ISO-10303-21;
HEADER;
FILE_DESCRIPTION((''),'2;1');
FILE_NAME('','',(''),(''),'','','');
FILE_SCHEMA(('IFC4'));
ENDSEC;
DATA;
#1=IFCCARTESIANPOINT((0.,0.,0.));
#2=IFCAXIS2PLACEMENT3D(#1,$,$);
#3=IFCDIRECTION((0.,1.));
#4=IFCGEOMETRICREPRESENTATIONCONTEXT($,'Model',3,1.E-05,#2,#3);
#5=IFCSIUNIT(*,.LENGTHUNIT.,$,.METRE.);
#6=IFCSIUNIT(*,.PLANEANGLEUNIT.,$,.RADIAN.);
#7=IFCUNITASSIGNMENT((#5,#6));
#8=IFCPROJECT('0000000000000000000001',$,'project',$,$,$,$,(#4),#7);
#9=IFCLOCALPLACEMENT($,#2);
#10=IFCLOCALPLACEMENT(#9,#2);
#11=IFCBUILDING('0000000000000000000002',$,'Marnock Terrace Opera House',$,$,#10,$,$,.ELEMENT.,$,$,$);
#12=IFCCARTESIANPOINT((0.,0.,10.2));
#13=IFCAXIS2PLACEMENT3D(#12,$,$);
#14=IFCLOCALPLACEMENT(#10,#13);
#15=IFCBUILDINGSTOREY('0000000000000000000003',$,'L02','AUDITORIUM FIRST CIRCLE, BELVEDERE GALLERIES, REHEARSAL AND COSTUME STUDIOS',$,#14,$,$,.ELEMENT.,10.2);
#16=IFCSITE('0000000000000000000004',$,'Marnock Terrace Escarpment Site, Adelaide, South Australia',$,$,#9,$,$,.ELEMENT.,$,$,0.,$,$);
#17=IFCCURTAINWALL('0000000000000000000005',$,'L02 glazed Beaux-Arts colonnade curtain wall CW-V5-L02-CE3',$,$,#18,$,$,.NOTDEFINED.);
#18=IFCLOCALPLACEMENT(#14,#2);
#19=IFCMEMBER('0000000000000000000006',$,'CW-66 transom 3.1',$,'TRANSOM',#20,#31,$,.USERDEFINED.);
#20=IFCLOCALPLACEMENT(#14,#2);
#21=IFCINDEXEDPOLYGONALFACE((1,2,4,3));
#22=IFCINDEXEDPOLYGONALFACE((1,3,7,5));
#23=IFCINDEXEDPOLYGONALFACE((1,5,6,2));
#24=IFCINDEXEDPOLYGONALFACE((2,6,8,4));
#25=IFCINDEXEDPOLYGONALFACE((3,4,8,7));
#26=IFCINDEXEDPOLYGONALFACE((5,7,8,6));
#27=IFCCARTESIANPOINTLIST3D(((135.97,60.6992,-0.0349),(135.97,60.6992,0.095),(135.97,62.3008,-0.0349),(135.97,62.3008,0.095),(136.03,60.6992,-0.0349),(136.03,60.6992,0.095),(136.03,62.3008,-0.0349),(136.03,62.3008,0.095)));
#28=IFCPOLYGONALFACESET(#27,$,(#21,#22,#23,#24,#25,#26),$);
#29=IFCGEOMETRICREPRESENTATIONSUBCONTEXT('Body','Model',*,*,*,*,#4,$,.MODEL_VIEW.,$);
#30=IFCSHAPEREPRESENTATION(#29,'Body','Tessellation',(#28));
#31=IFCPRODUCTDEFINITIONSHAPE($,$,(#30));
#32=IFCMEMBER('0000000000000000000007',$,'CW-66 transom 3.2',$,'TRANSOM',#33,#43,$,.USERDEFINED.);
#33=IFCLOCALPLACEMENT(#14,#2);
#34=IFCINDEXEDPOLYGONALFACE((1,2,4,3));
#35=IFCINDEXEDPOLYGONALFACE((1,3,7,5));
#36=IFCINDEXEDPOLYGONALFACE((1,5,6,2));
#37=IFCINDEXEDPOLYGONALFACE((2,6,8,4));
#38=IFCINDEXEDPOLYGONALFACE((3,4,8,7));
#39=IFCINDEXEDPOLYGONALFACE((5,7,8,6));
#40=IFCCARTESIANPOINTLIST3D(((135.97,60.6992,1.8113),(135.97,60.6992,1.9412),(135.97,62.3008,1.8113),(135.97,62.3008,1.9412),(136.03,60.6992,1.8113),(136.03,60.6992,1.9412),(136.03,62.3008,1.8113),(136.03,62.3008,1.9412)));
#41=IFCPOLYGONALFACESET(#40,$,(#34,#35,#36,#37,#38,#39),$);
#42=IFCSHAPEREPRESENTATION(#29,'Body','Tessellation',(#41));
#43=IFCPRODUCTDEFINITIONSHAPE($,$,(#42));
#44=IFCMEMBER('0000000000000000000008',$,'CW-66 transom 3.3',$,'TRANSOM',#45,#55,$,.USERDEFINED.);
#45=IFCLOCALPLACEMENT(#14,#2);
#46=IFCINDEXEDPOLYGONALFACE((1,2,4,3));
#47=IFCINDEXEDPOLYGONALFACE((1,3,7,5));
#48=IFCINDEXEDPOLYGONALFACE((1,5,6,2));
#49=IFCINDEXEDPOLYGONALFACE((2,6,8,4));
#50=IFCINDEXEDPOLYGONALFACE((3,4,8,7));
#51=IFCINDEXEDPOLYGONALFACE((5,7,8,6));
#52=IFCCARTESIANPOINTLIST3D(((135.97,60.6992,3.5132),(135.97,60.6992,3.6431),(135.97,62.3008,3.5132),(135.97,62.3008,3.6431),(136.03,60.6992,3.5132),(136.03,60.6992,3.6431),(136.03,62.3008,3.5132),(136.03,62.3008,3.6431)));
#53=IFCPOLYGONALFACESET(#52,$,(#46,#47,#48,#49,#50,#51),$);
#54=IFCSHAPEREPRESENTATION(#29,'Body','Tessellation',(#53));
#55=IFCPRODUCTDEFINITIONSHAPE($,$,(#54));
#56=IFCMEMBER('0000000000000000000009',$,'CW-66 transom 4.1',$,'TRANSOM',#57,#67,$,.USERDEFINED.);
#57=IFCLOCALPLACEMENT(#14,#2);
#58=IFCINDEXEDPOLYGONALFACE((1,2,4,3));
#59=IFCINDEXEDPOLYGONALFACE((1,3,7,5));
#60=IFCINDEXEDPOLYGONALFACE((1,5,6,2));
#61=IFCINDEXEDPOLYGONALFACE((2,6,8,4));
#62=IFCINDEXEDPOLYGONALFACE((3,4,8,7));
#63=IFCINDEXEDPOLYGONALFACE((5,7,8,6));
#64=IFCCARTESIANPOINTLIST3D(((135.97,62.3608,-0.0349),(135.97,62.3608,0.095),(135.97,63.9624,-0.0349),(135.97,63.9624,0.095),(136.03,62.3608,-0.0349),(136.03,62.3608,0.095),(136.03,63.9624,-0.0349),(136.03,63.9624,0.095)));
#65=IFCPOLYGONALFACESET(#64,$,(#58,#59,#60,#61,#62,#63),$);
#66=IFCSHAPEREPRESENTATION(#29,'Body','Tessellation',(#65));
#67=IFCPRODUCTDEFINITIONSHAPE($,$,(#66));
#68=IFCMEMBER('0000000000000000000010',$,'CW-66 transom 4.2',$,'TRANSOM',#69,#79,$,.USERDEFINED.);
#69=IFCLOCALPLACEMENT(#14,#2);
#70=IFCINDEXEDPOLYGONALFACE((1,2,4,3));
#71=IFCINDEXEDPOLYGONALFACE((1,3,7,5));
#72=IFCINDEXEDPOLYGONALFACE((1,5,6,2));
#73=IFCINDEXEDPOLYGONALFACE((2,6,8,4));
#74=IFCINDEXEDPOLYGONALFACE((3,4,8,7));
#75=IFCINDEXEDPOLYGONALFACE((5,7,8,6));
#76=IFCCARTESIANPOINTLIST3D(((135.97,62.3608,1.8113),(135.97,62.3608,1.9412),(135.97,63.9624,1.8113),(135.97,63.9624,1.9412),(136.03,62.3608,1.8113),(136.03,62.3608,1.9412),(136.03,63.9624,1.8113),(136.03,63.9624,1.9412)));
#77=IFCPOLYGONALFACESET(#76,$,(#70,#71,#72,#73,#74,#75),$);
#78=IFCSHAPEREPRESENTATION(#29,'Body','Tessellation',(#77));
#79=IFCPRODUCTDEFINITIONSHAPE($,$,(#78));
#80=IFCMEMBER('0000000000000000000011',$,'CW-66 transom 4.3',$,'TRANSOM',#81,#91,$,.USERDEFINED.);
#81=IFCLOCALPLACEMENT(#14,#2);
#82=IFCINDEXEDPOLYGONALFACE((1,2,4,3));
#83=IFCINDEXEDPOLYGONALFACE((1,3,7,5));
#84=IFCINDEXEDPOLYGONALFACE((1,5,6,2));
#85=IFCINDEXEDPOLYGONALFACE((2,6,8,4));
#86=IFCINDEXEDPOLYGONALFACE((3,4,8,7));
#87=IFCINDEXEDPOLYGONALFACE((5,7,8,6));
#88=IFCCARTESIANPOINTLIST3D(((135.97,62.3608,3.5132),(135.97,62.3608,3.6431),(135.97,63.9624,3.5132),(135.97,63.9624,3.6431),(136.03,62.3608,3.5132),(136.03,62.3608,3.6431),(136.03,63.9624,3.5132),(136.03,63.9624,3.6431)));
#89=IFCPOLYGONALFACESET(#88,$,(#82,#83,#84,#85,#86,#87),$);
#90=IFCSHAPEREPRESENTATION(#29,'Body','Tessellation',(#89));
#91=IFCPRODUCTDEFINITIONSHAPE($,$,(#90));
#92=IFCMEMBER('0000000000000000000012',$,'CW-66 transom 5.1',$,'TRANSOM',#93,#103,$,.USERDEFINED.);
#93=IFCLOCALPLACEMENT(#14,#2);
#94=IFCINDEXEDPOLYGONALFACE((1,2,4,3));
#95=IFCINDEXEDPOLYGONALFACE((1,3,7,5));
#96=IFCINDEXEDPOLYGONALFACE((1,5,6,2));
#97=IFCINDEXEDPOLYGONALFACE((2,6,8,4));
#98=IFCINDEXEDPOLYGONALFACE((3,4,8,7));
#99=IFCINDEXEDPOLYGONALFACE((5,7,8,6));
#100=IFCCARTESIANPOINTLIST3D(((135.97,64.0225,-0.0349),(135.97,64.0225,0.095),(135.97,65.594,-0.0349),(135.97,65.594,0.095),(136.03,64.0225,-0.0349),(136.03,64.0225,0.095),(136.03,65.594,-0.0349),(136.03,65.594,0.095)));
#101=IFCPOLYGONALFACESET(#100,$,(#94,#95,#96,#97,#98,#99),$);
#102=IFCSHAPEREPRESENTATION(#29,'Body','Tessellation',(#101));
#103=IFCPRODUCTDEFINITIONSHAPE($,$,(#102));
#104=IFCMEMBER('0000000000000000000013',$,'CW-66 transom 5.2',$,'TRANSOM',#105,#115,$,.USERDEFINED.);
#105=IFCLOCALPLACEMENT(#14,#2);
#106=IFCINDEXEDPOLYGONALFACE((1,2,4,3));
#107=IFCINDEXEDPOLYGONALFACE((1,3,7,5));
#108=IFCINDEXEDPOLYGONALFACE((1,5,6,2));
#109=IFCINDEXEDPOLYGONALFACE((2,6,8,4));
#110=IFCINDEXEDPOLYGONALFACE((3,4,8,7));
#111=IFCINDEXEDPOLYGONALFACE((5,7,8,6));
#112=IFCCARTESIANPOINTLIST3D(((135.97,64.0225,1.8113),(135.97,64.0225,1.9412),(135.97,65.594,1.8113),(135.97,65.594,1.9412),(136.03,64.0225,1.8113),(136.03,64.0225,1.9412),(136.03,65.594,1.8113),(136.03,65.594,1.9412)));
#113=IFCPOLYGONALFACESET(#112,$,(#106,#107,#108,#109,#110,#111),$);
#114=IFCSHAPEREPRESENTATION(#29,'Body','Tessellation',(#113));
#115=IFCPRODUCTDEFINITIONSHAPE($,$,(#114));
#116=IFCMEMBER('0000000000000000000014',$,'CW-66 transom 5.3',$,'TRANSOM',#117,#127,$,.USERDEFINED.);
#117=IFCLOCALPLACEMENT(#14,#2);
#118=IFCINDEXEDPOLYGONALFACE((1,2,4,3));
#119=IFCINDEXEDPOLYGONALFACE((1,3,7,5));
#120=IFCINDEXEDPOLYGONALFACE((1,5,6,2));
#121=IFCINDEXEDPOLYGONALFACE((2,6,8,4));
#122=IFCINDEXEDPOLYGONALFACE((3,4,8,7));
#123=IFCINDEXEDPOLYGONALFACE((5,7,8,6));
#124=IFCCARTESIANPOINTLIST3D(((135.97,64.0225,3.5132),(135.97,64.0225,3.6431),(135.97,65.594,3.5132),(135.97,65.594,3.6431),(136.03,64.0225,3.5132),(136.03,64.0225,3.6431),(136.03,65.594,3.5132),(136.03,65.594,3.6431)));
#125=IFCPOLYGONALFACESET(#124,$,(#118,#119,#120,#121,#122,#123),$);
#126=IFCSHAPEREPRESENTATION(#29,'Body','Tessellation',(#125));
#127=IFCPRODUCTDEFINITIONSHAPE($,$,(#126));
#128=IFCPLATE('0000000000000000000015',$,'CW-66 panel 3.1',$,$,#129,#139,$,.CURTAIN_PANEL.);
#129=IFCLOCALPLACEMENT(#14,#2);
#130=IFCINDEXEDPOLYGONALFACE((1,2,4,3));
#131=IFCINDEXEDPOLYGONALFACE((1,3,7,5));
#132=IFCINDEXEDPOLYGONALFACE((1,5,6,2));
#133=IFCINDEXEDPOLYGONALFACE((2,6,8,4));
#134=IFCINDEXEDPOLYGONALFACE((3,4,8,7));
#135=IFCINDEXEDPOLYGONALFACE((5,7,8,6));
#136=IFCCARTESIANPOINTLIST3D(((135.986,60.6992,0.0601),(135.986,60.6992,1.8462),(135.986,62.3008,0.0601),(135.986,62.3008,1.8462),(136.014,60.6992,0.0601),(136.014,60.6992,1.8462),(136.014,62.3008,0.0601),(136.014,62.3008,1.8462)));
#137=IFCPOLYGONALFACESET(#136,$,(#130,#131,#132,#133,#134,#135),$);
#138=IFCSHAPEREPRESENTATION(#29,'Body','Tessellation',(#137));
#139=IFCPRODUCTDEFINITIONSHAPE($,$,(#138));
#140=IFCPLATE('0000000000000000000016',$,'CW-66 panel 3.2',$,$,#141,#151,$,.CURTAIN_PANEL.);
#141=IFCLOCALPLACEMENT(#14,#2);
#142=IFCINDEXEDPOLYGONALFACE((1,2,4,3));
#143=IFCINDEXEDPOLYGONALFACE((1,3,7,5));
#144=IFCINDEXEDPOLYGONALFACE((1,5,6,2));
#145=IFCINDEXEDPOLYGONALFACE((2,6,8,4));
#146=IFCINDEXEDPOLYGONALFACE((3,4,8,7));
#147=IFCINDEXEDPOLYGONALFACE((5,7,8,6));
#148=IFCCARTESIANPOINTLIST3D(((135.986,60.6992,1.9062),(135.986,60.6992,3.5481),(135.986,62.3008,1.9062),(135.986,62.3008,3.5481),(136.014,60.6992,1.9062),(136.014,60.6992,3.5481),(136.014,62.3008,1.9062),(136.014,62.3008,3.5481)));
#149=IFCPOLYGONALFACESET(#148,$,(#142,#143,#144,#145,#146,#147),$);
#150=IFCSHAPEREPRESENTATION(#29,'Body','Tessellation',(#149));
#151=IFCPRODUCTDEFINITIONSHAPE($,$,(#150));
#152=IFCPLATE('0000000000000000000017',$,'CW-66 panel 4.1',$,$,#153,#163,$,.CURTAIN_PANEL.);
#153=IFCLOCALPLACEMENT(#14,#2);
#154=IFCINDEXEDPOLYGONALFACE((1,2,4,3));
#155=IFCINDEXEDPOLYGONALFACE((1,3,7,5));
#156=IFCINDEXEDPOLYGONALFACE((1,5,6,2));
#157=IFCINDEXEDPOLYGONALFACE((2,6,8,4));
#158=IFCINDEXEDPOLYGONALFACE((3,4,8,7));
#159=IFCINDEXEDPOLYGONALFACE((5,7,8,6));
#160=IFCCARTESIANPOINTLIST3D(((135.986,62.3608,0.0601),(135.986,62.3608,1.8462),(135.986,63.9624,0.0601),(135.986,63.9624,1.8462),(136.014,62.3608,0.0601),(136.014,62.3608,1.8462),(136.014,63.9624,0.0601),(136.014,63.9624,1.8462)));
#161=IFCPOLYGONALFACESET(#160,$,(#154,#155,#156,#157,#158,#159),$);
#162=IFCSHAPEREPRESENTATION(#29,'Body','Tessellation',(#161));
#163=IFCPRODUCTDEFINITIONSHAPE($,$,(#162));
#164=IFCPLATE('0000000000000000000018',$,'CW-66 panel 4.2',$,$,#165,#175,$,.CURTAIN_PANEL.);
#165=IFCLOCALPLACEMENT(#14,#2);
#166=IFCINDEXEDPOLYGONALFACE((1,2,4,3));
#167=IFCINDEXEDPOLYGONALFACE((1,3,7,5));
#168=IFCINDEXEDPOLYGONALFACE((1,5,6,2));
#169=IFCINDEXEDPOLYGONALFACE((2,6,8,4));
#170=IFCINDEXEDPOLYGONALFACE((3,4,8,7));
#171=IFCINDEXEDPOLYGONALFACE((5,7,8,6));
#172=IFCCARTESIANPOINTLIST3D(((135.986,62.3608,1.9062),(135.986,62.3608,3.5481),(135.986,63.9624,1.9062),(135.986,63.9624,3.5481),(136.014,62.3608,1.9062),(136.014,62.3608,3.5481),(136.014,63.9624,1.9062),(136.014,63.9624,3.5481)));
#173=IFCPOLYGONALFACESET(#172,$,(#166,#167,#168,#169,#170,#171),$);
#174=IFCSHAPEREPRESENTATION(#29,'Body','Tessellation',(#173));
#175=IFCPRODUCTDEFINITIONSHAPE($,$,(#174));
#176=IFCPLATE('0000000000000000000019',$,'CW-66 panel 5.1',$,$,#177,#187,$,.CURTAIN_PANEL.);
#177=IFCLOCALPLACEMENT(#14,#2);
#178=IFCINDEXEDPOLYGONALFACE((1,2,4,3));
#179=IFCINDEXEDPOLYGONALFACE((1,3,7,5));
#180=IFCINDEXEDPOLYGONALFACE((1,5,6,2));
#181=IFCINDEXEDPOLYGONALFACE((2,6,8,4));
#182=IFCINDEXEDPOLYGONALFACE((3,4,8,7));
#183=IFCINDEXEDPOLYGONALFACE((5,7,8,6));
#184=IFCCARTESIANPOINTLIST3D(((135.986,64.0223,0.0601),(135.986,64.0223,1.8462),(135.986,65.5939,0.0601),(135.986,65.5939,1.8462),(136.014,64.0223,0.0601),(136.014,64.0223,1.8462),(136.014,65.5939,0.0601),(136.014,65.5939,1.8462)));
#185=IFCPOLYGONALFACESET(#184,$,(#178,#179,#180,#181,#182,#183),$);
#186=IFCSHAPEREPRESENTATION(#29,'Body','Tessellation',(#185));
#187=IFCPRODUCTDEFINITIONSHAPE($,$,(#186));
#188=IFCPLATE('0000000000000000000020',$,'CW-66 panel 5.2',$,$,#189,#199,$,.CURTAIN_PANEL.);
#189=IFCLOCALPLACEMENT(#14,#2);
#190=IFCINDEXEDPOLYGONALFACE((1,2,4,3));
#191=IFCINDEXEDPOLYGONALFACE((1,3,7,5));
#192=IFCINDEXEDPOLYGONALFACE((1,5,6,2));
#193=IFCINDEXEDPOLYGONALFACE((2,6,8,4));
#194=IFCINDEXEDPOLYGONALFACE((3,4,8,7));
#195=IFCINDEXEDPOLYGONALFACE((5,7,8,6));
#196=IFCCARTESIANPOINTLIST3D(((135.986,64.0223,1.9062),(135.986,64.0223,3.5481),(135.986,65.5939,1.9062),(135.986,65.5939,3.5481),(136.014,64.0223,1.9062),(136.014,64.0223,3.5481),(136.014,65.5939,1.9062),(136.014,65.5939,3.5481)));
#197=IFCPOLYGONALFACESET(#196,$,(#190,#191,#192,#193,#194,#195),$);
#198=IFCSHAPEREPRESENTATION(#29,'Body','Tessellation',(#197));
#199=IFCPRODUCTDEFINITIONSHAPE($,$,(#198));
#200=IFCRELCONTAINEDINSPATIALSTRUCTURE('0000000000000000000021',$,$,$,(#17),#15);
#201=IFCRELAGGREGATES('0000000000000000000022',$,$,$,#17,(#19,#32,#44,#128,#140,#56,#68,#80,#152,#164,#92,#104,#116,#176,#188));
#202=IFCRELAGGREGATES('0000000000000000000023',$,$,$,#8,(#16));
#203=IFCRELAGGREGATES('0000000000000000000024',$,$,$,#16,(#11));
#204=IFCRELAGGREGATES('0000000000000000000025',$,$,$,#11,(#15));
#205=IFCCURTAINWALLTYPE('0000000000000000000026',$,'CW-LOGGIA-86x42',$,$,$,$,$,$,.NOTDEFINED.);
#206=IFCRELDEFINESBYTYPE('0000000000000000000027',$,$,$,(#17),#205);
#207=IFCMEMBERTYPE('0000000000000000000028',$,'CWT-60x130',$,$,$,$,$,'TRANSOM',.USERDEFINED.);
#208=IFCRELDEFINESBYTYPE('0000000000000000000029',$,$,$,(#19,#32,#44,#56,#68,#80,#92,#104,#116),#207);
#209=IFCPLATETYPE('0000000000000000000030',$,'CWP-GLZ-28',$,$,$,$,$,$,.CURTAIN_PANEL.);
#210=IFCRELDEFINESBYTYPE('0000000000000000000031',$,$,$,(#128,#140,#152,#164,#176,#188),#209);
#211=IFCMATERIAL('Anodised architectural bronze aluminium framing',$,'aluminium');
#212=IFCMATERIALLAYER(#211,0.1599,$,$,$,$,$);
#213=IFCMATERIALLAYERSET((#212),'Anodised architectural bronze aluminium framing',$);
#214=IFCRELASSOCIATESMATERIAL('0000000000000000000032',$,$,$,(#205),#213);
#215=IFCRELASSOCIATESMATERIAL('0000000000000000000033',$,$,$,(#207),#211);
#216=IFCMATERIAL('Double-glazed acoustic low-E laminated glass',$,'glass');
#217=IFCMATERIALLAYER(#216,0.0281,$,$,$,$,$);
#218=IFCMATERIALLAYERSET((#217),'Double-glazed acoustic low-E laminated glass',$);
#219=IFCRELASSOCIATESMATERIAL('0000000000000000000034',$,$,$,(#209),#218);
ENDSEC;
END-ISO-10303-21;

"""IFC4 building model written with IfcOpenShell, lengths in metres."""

from ifc_helpers import new_model, si_unit, direction, frame, origin, origin_2d, place, context, subcontext, project, spatial, rectangle, extrude, material, layer, layer_set, material_profile, profile_set, type_object, element, aggregate, save


model = new_model("IFC4")

# Units and contexts
model_context = context("Model", 3, precision=1e-05, world=origin(), true_north=direction((0.0, 1.0)))
body_context = subcontext(model_context, "Body", "Model", "MODEL_VIEW")
ifc_project = project(units=[si_unit("LENGTHUNIT", "METRE"), si_unit("PLANEANGLEUNIT", "RADIAN")], contexts=[model_context])

# Site, building, storey
site_placement = place(None, origin())
site = spatial("IfcSite", under=ifc_project, at=site_placement, Name="Marnock Terrace Escarpment Site, Adelaide, South Australia", CompositionType="ELEMENT", RefElevation=0.0)
building_placement = place(site_placement, origin())
building = spatial("IfcBuilding", under=site, at=building_placement, Name="Marnock Terrace Opera House", CompositionType="ELEMENT")
storey_placement = place(building_placement, frame((0.0, 0.0, 10.2)))
storey = spatial("IfcBuildingStorey", under=building, at=storey_placement, Name="L02", Description="AUDITORIUM FIRST CIRCLE, BELVEDERE GALLERIES, REHEARSAL AND COSTUME STUDIOS", CompositionType="ELEMENT", Elevation=10.2)

# Curtain wall, members, plates
ifc_material_1 = material(Name="Anodised architectural bronze aluminium framing", Category="aluminium")
ifc_layer_1 = layer(ifc_material_1, 0.1599)
ifc_layer_set_1 = layer_set([ifc_layer_1], Name="Anodised architectural bronze aluminium framing")
curtain_wall_type = type_object("IfcCurtainWallType", Name="CW-LOGGIA-86x42", PredefinedType="NOTDEFINED", material=ifc_layer_set_1)
curtain_wall_placement = place(storey_placement, origin())
curtain_wall = element("IfcCurtainWall", 1, at=curtain_wall_placement, inside=storey, type_object=curtain_wall_type, Name="L02 glazed Beaux-Arts colonnade curtain wall CW-V5-L02-CE3", PredefinedType="NOTDEFINED")
ifc_material_profile_1 = material_profile(ifc_material_1, rectangle(XDim=0.0601, YDim=0.1299, at=origin_2d()))
ifc_profile_set_1 = profile_set([ifc_material_profile_1], Name="Anodised architectural bronze aluminium framing")
member_type_1 = type_object("IfcMemberType", Name="CWT-60x130", ElementType="TRANSOM", PredefinedType="USERDEFINED", material=ifc_profile_set_1)
member_1_placement = place(storey_placement, frame((136.0, 60.6992, 0.03), z_axis=(0.0, 1.0, 0.0), x_axis=(-1.0, 0.0, 0.0)))
member_1 = element("IfcMember", 2, at=member_1_placement, type_object=member_type_1, Name="CW-66 transom 3.1", ObjectType="TRANSOM", PredefinedType="USERDEFINED", context=body_context, shape_type="SweptSolid", body=[
    extrude(rectangle(XDim=0.0601, YDim=0.1299, at=origin_2d()), origin(), (0.0, 0.0, 1.0), 1.6016),
])
member_2_placement = place(storey_placement, frame((136.0, 60.6992, 1.8762), z_axis=(0.0, 1.0, 0.0), x_axis=(-1.0, 0.0, 0.0)))
member_2 = element("IfcMember", 3, at=member_2_placement, type_object=member_type_1, Name="CW-66 transom 3.2", ObjectType="TRANSOM", PredefinedType="USERDEFINED", context=body_context, shape_type="SweptSolid", body=[
    extrude(rectangle(XDim=0.0601, YDim=0.1299, at=origin_2d()), origin(), (0.0, 0.0, 1.0), 1.6016),
])
member_3_placement = place(storey_placement, frame((136.0, 60.6992, 3.5781), z_axis=(0.0, 1.0, 0.0), x_axis=(-1.0, 0.0, 0.0)))
member_3 = element("IfcMember", 4, at=member_3_placement, type_object=member_type_1, Name="CW-66 transom 3.3", ObjectType="TRANSOM", PredefinedType="USERDEFINED", context=body_context, shape_type="SweptSolid", body=[
    extrude(rectangle(XDim=0.0601, YDim=0.1299, at=origin_2d()), origin(), (0.0, 0.0, 1.0), 1.6016),
])
member_4_placement = place(storey_placement, frame((136.0, 62.3608, 0.03), z_axis=(0.0, 1.0, 0.0), x_axis=(-1.0, 0.0, 0.0)))
member_4 = element("IfcMember", 5, at=member_4_placement, type_object=member_type_1, Name="CW-66 transom 4.1", ObjectType="TRANSOM", PredefinedType="USERDEFINED", context=body_context, shape_type="SweptSolid", body=[
    extrude(rectangle(XDim=0.0601, YDim=0.1299, at=origin_2d()), origin(), (0.0, 0.0, 1.0), 1.6016),
])
member_5_placement = place(storey_placement, frame((136.0, 62.3608, 1.8762), z_axis=(0.0, 1.0, 0.0), x_axis=(-1.0, 0.0, 0.0)))
member_5 = element("IfcMember", 6, at=member_5_placement, type_object=member_type_1, Name="CW-66 transom 4.2", ObjectType="TRANSOM", PredefinedType="USERDEFINED", context=body_context, shape_type="SweptSolid", body=[
    extrude(rectangle(XDim=0.0601, YDim=0.1299, at=origin_2d()), origin(), (0.0, 0.0, 1.0), 1.6016),
])
member_6_placement = place(storey_placement, frame((136.0, 62.3608, 3.5781), z_axis=(0.0, 1.0, 0.0), x_axis=(-1.0, 0.0, 0.0)))
member_6 = element("IfcMember", 7, at=member_6_placement, type_object=member_type_1, Name="CW-66 transom 4.3", ObjectType="TRANSOM", PredefinedType="USERDEFINED", context=body_context, shape_type="SweptSolid", body=[
    extrude(rectangle(XDim=0.0601, YDim=0.1299, at=origin_2d()), origin(), (0.0, 0.0, 1.0), 1.6016),
])
member_7_placement = place(storey_placement, frame((136.0, 64.0225, 0.03), z_axis=(0.0, 1.0, 0.0), x_axis=(-1.0, 0.0, 0.0)))
member_7 = element("IfcMember", 8, at=member_7_placement, type_object=member_type_1, Name="CW-66 transom 5.1", ObjectType="TRANSOM", PredefinedType="USERDEFINED", context=body_context, shape_type="SweptSolid", body=[
    extrude(rectangle(XDim=0.0601, YDim=0.1299, at=origin_2d()), origin(), (0.0, 0.0, 1.0), 1.5715),
])
member_8_placement = place(storey_placement, frame((136.0, 64.0225, 1.8762), z_axis=(0.0, 1.0, 0.0), x_axis=(-1.0, 0.0, 0.0)))
member_8 = element("IfcMember", 9, at=member_8_placement, type_object=member_type_1, Name="CW-66 transom 5.2", ObjectType="TRANSOM", PredefinedType="USERDEFINED", context=body_context, shape_type="SweptSolid", body=[
    extrude(rectangle(XDim=0.0601, YDim=0.1299, at=origin_2d()), origin(), (0.0, 0.0, 1.0), 1.5715),
])
member_9_placement = place(storey_placement, frame((136.0, 64.0225, 3.5781), z_axis=(0.0, 1.0, 0.0), x_axis=(-1.0, 0.0, 0.0)))
member_9 = element("IfcMember", 10, at=member_9_placement, type_object=member_type_1, Name="CW-66 transom 5.3", ObjectType="TRANSOM", PredefinedType="USERDEFINED", context=body_context, shape_type="SweptSolid", body=[
    extrude(rectangle(XDim=0.0601, YDim=0.1299, at=origin_2d()), origin(), (0.0, 0.0, 1.0), 1.5715),
])
ifc_material_2 = material(Name="Double-glazed acoustic low-E laminated glass", Category="glass")
ifc_layer_2 = layer(ifc_material_2, 0.0281)
ifc_layer_set_2 = layer_set([ifc_layer_2], Name="Double-glazed acoustic low-E laminated glass")
plate_type = type_object("IfcPlateType", Name="CWP-GLZ-28", PredefinedType="CURTAIN_PANEL", material=ifc_layer_set_2)
plate_1_placement = place(storey_placement, frame((136.0, 61.5, 0.0601), z_axis=(0.0, 0.0, 1.0), x_axis=(0.0, 1.0, 0.0)))
plate_1 = element("IfcPlate", 11, at=plate_1_placement, type_object=plate_type, Name="CW-66 panel 3.1", PredefinedType="CURTAIN_PANEL", context=body_context, shape_type="SweptSolid", body=[
    extrude(rectangle(XDim=1.6016, YDim=0.0281, at=origin_2d()), origin(), (0.0, 0.0, 1.0), 1.7861),
])
plate_2_placement = place(storey_placement, frame((136.0, 61.5, 1.9062), z_axis=(0.0, 0.0, 1.0), x_axis=(0.0, 1.0, 0.0)))
plate_2 = element("IfcPlate", 12, at=plate_2_placement, type_object=plate_type, Name="CW-66 panel 3.2", PredefinedType="CURTAIN_PANEL", context=body_context, shape_type="SweptSolid", body=[
    extrude(rectangle(XDim=1.6016, YDim=0.0281, at=origin_2d()), origin(), (0.0, 0.0, 1.0), 1.6418),
])
plate_3_placement = place(storey_placement, frame((136.0, 63.1616, 0.0601), z_axis=(0.0, 0.0, 1.0), x_axis=(0.0, 1.0, 0.0)))
plate_3 = element("IfcPlate", 13, at=plate_3_placement, type_object=plate_type, Name="CW-66 panel 4.1", PredefinedType="CURTAIN_PANEL", context=body_context, shape_type="SweptSolid", body=[
    extrude(rectangle(XDim=1.6016, YDim=0.0281, at=origin_2d()), origin(), (0.0, 0.0, 1.0), 1.7861),
])
plate_4_placement = place(storey_placement, frame((136.0, 63.1616, 1.9062), z_axis=(0.0, 0.0, 1.0), x_axis=(0.0, 1.0, 0.0)))
plate_4 = element("IfcPlate", 14, at=plate_4_placement, type_object=plate_type, Name="CW-66 panel 4.2", PredefinedType="CURTAIN_PANEL", context=body_context, shape_type="SweptSolid", body=[
    extrude(rectangle(XDim=1.6016, YDim=0.0281, at=origin_2d()), origin(), (0.0, 0.0, 1.0), 1.6418),
])
plate_5_placement = place(storey_placement, frame((136.0, 64.8081, 0.0601), z_axis=(0.0, 0.0, 1.0), x_axis=(0.0, 1.0, 0.0)))
plate_5 = element("IfcPlate", 15, at=plate_5_placement, type_object=plate_type, Name="CW-66 panel 5.1", PredefinedType="CURTAIN_PANEL", context=body_context, shape_type="SweptSolid", body=[
    extrude(rectangle(XDim=1.5715, YDim=0.0281, at=origin_2d()), origin(), (0.0, 0.0, 1.0), 1.7861),
])
plate_6_placement = place(storey_placement, frame((136.0, 64.8081, 1.9062), z_axis=(0.0, 0.0, 1.0), x_axis=(0.0, 1.0, 0.0)))
plate_6 = element("IfcPlate", 16, at=plate_6_placement, type_object=plate_type, Name="CW-66 panel 5.2", PredefinedType="CURTAIN_PANEL", context=body_context, shape_type="SweptSolid", body=[
    extrude(rectangle(XDim=1.5715, YDim=0.0281, at=origin_2d()), origin(), (0.0, 0.0, 1.0), 1.6418),
])
aggregate(curtain_wall, [member_1, member_2, member_3, plate_1, plate_2, member_4, member_5, member_6, plate_3, plate_4, member_7, member_8, member_9, plate_5, plate_6])

save(model, "model.ifc")
